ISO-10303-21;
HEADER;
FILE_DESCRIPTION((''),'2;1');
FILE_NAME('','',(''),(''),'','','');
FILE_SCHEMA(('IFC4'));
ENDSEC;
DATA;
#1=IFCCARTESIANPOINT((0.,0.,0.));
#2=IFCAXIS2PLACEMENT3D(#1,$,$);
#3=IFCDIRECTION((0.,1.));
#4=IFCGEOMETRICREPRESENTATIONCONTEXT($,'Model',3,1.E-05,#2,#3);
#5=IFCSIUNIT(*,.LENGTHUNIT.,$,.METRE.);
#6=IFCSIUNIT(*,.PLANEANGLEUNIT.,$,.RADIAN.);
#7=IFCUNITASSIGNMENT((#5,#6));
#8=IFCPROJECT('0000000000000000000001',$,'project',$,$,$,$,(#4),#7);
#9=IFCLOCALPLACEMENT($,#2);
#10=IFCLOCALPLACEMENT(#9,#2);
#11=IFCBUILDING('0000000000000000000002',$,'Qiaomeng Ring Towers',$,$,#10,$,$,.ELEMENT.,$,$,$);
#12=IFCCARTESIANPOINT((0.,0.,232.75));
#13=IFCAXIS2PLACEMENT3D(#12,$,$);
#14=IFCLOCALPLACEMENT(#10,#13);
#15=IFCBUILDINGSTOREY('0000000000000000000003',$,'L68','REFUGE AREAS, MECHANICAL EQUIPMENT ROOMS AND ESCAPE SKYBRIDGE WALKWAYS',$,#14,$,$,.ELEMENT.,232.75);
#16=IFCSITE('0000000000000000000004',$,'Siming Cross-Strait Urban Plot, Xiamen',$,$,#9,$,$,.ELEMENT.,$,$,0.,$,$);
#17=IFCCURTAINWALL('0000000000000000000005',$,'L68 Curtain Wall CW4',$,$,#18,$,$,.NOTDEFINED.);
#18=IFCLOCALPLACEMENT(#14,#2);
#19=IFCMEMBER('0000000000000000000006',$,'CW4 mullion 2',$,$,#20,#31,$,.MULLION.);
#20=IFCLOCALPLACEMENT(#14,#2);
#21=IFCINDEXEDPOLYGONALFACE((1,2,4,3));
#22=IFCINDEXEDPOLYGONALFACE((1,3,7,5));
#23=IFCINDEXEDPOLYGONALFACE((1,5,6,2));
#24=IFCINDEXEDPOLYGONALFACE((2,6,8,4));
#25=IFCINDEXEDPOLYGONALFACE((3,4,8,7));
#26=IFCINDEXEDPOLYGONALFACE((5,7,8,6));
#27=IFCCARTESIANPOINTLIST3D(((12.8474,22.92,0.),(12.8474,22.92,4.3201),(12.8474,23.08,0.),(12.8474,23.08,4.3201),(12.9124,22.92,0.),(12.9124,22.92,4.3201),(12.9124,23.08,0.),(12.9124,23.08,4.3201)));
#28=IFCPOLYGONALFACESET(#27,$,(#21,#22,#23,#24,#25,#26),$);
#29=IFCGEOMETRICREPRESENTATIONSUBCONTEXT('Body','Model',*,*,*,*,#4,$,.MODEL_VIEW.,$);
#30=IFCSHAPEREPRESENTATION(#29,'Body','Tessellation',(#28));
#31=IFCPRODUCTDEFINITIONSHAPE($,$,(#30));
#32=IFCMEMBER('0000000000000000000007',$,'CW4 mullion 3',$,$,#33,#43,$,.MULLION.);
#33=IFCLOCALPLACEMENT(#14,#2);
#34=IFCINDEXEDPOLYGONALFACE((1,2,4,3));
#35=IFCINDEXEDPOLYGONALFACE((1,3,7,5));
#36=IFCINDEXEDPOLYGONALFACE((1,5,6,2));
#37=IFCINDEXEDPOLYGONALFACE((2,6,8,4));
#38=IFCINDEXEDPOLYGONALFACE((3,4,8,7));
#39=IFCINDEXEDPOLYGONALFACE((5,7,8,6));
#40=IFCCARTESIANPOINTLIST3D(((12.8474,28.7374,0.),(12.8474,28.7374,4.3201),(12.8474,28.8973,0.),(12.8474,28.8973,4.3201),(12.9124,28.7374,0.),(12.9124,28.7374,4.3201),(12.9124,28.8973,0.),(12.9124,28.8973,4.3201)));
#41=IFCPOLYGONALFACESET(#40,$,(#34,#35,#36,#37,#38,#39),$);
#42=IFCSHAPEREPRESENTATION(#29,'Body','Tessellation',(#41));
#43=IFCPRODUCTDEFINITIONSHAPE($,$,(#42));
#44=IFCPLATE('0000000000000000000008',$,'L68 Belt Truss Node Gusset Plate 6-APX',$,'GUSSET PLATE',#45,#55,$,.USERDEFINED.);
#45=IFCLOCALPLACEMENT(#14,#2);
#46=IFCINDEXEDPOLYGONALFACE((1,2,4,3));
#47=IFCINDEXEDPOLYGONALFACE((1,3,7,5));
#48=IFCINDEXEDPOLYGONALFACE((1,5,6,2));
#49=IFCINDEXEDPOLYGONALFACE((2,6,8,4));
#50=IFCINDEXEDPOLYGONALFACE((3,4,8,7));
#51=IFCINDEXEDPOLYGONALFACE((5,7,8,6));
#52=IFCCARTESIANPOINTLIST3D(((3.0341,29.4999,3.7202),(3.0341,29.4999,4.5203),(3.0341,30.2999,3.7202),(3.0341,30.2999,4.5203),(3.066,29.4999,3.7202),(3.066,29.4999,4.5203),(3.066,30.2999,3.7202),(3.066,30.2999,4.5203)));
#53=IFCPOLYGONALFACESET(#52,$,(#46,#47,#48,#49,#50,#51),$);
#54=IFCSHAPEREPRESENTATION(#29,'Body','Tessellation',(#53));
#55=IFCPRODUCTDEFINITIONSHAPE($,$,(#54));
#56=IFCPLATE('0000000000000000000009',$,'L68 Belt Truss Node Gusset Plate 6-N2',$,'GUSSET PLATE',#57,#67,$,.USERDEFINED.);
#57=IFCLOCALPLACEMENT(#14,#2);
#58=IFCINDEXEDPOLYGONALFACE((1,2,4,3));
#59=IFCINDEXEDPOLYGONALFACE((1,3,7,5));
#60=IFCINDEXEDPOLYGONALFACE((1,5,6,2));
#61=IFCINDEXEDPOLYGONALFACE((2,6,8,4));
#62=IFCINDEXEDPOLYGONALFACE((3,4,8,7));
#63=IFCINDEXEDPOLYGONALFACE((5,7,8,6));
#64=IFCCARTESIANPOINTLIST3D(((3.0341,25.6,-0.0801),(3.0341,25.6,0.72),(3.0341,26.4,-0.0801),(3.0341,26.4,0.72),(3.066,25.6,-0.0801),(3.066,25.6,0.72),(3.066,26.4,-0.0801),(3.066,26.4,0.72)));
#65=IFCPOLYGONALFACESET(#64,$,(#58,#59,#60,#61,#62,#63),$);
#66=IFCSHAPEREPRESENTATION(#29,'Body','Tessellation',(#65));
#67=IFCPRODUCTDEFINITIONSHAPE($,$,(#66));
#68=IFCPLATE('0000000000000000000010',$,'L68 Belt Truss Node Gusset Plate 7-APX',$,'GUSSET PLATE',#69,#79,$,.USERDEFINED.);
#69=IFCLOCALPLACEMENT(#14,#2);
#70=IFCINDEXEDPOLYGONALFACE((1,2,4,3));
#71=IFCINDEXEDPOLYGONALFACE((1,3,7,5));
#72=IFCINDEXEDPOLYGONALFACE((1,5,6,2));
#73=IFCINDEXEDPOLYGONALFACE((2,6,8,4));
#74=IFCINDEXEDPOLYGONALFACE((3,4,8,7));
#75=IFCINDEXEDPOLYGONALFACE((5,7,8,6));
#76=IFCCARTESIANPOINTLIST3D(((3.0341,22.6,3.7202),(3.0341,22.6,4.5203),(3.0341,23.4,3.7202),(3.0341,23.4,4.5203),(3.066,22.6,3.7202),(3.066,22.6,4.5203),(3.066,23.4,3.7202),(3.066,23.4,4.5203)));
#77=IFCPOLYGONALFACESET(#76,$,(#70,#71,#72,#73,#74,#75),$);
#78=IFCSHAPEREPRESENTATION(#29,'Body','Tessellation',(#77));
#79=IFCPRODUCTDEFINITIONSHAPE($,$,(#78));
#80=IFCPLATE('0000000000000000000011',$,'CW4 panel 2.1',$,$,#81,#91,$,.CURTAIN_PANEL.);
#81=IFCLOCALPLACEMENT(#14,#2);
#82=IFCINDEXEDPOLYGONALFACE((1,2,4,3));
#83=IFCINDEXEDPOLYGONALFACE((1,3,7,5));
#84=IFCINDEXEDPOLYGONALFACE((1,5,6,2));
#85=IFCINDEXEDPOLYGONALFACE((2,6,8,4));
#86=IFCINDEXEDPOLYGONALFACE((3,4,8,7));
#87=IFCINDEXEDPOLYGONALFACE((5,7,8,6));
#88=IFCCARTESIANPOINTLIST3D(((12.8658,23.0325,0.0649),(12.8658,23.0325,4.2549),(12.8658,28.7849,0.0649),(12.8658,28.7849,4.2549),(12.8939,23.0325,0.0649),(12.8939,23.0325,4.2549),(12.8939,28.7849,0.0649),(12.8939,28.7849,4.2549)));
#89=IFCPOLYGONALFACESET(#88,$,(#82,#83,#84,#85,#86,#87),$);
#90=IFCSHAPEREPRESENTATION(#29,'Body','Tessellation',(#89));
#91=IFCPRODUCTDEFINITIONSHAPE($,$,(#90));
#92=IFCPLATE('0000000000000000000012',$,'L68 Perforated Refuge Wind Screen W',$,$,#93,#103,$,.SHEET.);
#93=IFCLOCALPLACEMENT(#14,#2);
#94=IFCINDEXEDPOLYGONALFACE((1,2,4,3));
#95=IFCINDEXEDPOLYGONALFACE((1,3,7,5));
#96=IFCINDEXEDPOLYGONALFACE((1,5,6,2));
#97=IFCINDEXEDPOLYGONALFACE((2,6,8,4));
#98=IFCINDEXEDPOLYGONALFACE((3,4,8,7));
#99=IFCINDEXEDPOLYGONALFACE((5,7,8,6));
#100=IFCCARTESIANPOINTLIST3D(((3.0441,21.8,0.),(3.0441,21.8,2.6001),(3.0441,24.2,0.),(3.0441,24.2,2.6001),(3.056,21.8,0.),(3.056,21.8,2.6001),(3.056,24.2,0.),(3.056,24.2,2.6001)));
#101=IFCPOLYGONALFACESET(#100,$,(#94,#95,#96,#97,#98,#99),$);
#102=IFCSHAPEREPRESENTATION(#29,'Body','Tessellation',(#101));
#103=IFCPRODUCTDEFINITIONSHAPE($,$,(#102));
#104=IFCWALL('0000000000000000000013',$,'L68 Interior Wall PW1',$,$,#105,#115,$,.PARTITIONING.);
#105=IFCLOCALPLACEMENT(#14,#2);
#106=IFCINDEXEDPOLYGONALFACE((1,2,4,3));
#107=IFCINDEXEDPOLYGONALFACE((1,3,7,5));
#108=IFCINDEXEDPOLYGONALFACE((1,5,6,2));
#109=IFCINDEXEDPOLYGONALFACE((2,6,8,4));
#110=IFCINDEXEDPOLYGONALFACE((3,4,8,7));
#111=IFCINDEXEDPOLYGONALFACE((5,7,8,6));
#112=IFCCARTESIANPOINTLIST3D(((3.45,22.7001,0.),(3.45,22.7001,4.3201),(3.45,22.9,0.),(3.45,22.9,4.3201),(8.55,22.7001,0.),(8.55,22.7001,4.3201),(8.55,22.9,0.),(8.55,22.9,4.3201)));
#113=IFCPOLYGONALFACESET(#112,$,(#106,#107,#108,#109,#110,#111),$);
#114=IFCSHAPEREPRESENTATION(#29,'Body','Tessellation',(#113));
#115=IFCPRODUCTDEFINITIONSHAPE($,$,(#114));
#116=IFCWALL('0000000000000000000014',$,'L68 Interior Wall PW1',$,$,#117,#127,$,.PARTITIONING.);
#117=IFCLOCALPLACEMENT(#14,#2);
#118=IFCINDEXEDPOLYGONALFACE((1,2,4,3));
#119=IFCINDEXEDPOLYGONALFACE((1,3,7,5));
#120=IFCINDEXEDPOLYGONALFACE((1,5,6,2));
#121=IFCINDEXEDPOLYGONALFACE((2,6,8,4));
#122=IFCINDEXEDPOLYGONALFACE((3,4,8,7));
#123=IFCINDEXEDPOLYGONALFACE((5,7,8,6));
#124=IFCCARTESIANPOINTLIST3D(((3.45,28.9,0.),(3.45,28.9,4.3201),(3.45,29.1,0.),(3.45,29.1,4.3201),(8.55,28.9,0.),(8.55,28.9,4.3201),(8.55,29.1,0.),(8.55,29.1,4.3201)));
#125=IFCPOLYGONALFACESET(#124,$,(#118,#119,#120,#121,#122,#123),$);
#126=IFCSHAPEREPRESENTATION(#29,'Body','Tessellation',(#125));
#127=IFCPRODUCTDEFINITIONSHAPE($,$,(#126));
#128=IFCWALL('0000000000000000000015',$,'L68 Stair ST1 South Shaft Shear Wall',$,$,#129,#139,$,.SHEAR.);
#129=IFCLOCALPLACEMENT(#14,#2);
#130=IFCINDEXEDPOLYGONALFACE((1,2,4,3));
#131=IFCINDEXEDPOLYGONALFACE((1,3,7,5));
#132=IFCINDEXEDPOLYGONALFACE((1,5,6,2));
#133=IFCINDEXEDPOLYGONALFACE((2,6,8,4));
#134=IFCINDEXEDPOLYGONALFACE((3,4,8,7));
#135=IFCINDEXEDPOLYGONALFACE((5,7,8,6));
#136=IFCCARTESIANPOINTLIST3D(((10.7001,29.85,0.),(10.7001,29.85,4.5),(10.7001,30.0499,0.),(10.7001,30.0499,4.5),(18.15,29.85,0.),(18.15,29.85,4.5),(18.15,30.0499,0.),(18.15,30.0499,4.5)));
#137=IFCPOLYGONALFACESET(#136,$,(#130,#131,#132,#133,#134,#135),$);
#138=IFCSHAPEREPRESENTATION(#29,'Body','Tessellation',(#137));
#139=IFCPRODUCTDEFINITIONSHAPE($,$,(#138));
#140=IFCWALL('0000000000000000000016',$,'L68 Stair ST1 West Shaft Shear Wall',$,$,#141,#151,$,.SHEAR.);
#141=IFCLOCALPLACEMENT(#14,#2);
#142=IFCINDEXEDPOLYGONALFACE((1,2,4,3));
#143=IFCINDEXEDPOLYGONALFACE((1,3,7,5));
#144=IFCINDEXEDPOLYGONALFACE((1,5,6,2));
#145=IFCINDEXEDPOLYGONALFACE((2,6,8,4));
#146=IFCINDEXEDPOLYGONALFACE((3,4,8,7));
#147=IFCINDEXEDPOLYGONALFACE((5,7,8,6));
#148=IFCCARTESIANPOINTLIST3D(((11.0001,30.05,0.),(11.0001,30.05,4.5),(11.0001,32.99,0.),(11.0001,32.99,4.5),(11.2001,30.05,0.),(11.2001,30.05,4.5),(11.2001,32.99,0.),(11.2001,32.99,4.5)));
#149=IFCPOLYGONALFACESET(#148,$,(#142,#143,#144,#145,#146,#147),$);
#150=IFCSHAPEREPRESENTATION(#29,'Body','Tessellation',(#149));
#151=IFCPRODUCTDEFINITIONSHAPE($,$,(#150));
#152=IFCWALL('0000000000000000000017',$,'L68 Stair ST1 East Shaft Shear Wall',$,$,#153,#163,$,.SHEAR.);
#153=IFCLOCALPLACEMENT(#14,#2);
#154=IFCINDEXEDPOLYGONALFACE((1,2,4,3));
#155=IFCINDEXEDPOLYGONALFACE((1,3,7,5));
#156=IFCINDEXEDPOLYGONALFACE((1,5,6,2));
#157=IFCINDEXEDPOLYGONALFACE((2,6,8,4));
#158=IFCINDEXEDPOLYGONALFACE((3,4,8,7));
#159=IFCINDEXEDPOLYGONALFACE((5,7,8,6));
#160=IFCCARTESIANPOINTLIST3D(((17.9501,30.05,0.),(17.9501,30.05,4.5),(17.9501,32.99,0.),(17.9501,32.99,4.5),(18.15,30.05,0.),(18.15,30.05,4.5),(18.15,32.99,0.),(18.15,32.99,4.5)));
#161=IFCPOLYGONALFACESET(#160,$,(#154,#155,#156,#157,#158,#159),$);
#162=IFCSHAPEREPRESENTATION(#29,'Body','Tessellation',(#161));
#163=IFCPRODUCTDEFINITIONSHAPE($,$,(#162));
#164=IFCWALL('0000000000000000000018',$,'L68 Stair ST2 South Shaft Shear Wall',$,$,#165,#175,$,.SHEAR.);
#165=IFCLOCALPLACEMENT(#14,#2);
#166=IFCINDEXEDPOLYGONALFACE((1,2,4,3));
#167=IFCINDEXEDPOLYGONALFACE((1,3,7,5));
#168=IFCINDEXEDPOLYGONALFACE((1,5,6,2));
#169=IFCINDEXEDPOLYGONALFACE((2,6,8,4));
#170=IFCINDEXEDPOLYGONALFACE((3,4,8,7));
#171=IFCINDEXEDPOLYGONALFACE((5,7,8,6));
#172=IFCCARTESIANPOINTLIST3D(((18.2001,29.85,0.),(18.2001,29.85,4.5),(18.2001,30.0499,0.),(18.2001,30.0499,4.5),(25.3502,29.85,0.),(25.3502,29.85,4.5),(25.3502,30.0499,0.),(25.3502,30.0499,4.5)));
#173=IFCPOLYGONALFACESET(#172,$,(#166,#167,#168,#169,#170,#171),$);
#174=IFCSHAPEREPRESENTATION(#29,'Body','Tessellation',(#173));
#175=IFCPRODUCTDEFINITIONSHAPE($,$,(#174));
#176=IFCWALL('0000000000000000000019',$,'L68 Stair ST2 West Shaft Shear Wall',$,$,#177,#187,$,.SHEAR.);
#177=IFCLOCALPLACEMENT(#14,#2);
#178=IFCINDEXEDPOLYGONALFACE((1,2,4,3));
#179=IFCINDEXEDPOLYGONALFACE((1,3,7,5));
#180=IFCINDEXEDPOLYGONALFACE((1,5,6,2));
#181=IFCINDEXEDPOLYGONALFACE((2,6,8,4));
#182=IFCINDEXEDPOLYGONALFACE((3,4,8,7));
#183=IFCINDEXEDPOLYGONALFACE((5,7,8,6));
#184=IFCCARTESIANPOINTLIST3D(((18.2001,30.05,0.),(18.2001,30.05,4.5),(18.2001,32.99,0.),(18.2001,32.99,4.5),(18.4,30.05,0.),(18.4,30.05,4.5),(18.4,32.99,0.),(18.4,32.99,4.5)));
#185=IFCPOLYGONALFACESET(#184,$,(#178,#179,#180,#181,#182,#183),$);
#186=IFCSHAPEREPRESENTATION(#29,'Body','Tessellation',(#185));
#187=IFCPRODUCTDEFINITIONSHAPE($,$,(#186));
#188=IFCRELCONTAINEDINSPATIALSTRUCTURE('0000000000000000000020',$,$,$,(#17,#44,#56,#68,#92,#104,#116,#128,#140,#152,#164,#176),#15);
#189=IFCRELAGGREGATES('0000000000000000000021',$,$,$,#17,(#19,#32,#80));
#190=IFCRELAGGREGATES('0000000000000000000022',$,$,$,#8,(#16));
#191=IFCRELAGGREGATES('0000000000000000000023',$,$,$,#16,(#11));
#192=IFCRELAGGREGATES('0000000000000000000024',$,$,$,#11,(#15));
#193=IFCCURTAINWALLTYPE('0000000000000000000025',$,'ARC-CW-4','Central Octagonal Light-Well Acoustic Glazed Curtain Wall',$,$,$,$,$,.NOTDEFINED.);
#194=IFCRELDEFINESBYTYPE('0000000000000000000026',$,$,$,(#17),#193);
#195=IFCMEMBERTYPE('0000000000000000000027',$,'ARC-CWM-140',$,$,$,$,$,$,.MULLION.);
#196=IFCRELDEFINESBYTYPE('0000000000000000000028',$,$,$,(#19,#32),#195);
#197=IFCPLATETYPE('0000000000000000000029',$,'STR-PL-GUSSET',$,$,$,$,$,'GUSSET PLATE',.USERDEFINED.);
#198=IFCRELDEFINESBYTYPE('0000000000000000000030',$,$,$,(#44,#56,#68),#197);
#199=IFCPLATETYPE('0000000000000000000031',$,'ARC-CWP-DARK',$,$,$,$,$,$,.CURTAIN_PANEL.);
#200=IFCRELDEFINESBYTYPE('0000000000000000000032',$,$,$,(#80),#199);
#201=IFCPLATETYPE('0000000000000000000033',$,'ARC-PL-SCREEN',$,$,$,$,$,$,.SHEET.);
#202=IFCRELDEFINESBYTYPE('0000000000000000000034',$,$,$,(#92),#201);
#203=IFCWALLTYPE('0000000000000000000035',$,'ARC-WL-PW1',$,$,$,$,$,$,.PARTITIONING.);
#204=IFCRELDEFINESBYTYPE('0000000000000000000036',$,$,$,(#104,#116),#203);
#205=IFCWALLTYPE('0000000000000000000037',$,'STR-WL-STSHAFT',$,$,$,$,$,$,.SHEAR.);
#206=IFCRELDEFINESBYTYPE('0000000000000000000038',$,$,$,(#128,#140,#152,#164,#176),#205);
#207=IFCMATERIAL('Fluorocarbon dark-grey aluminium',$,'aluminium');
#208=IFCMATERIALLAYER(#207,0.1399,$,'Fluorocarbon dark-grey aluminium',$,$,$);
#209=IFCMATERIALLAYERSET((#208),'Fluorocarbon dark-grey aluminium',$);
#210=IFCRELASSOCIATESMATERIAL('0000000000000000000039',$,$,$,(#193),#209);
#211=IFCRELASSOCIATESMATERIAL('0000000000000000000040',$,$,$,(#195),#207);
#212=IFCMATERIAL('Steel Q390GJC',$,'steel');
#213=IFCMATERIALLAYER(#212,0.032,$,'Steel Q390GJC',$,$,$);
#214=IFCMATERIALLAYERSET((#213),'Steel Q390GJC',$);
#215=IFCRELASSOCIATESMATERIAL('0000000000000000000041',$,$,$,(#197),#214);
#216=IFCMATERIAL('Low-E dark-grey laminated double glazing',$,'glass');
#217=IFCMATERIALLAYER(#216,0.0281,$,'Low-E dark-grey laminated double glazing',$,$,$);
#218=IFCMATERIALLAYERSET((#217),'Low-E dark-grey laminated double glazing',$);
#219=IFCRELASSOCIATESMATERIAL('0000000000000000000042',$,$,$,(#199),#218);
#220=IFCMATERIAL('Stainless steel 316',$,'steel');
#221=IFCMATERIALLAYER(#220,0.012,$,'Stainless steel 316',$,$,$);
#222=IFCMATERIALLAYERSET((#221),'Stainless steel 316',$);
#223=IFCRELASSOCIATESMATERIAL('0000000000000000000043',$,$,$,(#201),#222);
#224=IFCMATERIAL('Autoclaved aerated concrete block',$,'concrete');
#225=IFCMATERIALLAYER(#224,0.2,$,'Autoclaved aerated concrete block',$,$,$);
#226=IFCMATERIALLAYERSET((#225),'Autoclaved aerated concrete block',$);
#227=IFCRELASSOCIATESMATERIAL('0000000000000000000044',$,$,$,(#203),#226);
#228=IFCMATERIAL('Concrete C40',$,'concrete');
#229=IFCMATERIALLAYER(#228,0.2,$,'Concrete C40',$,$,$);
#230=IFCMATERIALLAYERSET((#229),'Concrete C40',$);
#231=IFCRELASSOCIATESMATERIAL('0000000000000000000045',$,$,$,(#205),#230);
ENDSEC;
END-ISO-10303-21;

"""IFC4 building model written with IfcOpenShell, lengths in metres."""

from ifc_helpers import new_model, si_unit, direction, frame, frame_2d, origin, origin_2d, place, context, subcontext, project, spatial, rectangle, extrude, source, transform, mapped, material, layer, layer_set, material_profile, profile_set, type_object, element, aggregate, save


model = new_model("IFC4")

# Units and contexts
model_context = context("Model", 3, precision=1e-05, world=origin(), true_north=direction((0.0, 1.0)))
body_context = subcontext(model_context, "Body", "Model", "MODEL_VIEW")
ifc_project = project(units=[si_unit("LENGTHUNIT", "METRE"), si_unit("PLANEANGLEUNIT", "RADIAN")], contexts=[model_context])

# Site, building, storey
site_placement = place(None, origin())
site = spatial("IfcSite", under=ifc_project, at=site_placement, Name="Siming Cross-Strait Urban Plot, Xiamen", CompositionType="ELEMENT", RefElevation=0.0)
building_placement = place(site_placement, origin())
building = spatial("IfcBuilding", under=site, at=building_placement, Name="Qiaomeng Ring Towers", CompositionType="ELEMENT")
storey_placement = place(building_placement, frame((0.0, 0.0, 232.75)))
storey = spatial("IfcBuildingStorey", under=building, at=storey_placement, Name="L68", Description="REFUGE AREAS, MECHANICAL EQUIPMENT ROOMS AND ESCAPE SKYBRIDGE WALKWAYS", CompositionType="ELEMENT", Elevation=232.75)

# Shared definitions
ifc_material_1 = material(Name="Concrete C40", Category="concrete")

# Shared definitions
ifc_material_2 = material(Name="Steel Q390GJC", Category="steel")

# Curtain wall, members
ifc_material_3 = material(Name="Fluorocarbon dark-grey aluminium", Category="aluminium")
ifc_layer_1 = layer(ifc_material_3, 0.1399, Name="Fluorocarbon dark-grey aluminium")
ifc_layer_set_1 = layer_set([ifc_layer_1], Name="Fluorocarbon dark-grey aluminium")
curtain_wall_type = type_object("IfcCurtainWallType", Name="ARC-CW-4", Description="Central Octagonal Light-Well Acoustic Glazed Curtain Wall", PredefinedType="NOTDEFINED", material=ifc_layer_set_1)
curtain_wall_placement = place(storey_placement, origin())
curtain_wall = element("IfcCurtainWall", 1, at=curtain_wall_placement, inside=storey, type_object=curtain_wall_type, Name="L68 Curtain Wall CW4", PredefinedType="NOTDEFINED")
ifc_material_profile_1 = material_profile(ifc_material_3, rectangle(XDim=0.0649, YDim=0.1599, at=origin_2d()), Name="ALU MULL 65x160")
ifc_profile_set_1 = profile_set([ifc_material_profile_1], Name="Fluorocarbon dark-grey aluminium")
member_type_1 = type_object("IfcMemberType", Name="ARC-CWM-140", PredefinedType="MULLION", material=ifc_profile_set_1)
shared_shape_1 = source(origin(), body_context, "Body", "SweptSolid", [
    extrude(rectangle(XDim=0.0649, YDim=0.1599, at=origin_2d()), origin(), (0.0, 0.0, 1.0), 4.3201),
])
member_1_placement = place(storey_placement, frame((12.8799, 23.0, 0.0), z_axis=(0.0, 0.0, 1.0), x_axis=(-1.0, 0.0, 0.0)))
member_1 = element("IfcMember", 2, at=member_1_placement, type_object=member_type_1, Name="CW4 mullion 2", PredefinedType="MULLION", context=body_context, shape_type="MappedRepresentation", body=[
    mapped(shared_shape_1, transform((0.0, 0.0, 0.0), x_axis=(1.0, 0.0, 0.0), y_axis=(0.0, 1.0, 0.0), z_axis=(0.0, 0.0, 1.0), scale=1.0)),
])
member_2_placement = place(storey_placement, frame((12.8799, 28.8174, 0.0), z_axis=(0.0, 0.0, 1.0), x_axis=(-1.0, 0.0, 0.0)))
member_2 = element("IfcMember", 3, at=member_2_placement, type_object=member_type_1, Name="CW4 mullion 3", PredefinedType="MULLION", context=body_context, shape_type="MappedRepresentation", body=[
    mapped(shared_shape_1, transform((0.0, 0.0, 0.0), x_axis=(1.0, 0.0, 0.0), y_axis=(0.0, 1.0, 0.0), z_axis=(0.0, 0.0, 1.0), scale=1.0)),
])

# Plates
ifc_layer_2 = layer(ifc_material_2, 0.032, Name="Steel Q390GJC")
ifc_layer_set_2 = layer_set([ifc_layer_2], Name="Steel Q390GJC")
plate_type_1 = type_object("IfcPlateType", Name="STR-PL-GUSSET", ElementType="GUSSET PLATE", PredefinedType="USERDEFINED", material=ifc_layer_set_2)
shared_shape_2 = source(origin(), body_context, "Body", "SweptSolid", [
    extrude(rectangle(XDim=0.8, YDim=0.032, at=origin_2d()), origin(), (0.0, 0.0, 1.0), 0.8),
])
for number, where, z_axis, x_axis, name in (
    (4, (3.05, 29.8999, 3.7202), (0.0, 0.0, 1.0), (0.0, -1.0, 0.0), "L68 Belt Truss Node Gusset Plate 6-APX"),
    (5, (3.05, 26.0, -0.0801), (0.0, 0.0, 1.0), (0.0, -1.0, 0.0), "L68 Belt Truss Node Gusset Plate 6-N2"),
    (6, (3.05, 23.0, 3.7202), (0.0, 0.0, 1.0), (0.0, -1.0, 0.0), "L68 Belt Truss Node Gusset Plate 7-APX"),
):
    element("IfcPlate", number, at=place(storey_placement, frame(where, z_axis=z_axis, x_axis=x_axis)), inside=storey, type_object=plate_type_1, Name=name, ObjectType="GUSSET PLATE", PredefinedType="USERDEFINED", context=body_context, shape_type="MappedRepresentation", body=[
        mapped(shared_shape_2, transform((0.0, 0.0, 0.0), x_axis=(1.0, 0.0, 0.0), y_axis=(0.0, 1.0, 0.0), z_axis=(0.0, 0.0, 1.0), scale=1.0)),
    ])

# Plates
ifc_material_4 = material(Name="Low-E dark-grey laminated double glazing", Category="glass")
ifc_layer_3 = layer(ifc_material_4, 0.0281, Name="Low-E dark-grey laminated double glazing")
ifc_layer_set_3 = layer_set([ifc_layer_3], Name="Low-E dark-grey laminated double glazing")
plate_type_2 = type_object("IfcPlateType", Name="ARC-CWP-DARK", PredefinedType="CURTAIN_PANEL", material=ifc_layer_set_3)
shared_shape_3 = source(origin(), body_context, "Body", "SweptSolid", [
    extrude(rectangle(XDim=5.7524, YDim=0.0281, at=origin_2d()), origin(), (0.0, 0.0, 1.0), 4.1899),
])
plate_1_placement = place(storey_placement, frame((12.8799, 25.9087, 0.0649), z_axis=(0.0, 0.0, 1.0), x_axis=(0.0, 1.0, 0.0)))
plate_1 = element("IfcPlate", 7, at=plate_1_placement, type_object=plate_type_2, Name="CW4 panel 2.1", PredefinedType="CURTAIN_PANEL", context=body_context, shape_type="MappedRepresentation", body=[
    mapped(shared_shape_3, transform((0.0, 0.0, 0.0), x_axis=(1.0, 0.0, 0.0), y_axis=(0.0, 1.0, 0.0), z_axis=(0.0, 0.0, 1.0), scale=1.0)),
])
aggregate(curtain_wall, [member_1, member_2, plate_1])
ifc_material_5 = material(Name="Stainless steel 316", Category="steel")
ifc_layer_4 = layer(ifc_material_5, 0.012, Name="Stainless steel 316")
ifc_layer_set_4 = layer_set([ifc_layer_4], Name="Stainless steel 316")
plate_type_3 = type_object("IfcPlateType", Name="ARC-PL-SCREEN", PredefinedType="SHEET", material=ifc_layer_set_4)
shared_shape_4 = source(origin(), body_context, "Body", "SweptSolid", [
    extrude(rectangle(XDim=2.3999, YDim=0.012, at=origin_2d()), origin(), (0.0, 0.0, 1.0), 2.6001),
])
plate_2_placement = place(storey_placement, frame((3.05, 23.0, 0.0), z_axis=(0.0, 0.0, 1.0), x_axis=(0.0, -1.0, 0.0)))
element("IfcPlate", 8, at=plate_2_placement, inside=storey, type_object=plate_type_3, Name="L68 Perforated Refuge Wind Screen W", PredefinedType="SHEET", context=body_context, shape_type="MappedRepresentation", body=[
    mapped(shared_shape_4, transform((0.0, 0.0, 0.0), x_axis=(1.0, 0.0, 0.0), y_axis=(0.0, 1.0, 0.0), z_axis=(0.0, 0.0, 1.0), scale=1.0)),
])

# Walls
ifc_material_6 = material(Name="Autoclaved aerated concrete block", Category="concrete")
ifc_layer_5 = layer(ifc_material_6, 0.2, Name="Autoclaved aerated concrete block")
ifc_layer_set_5 = layer_set([ifc_layer_5], Name="Autoclaved aerated concrete block")
wall_type_1 = type_object("IfcWallType", Name="ARC-WL-PW1", PredefinedType="PARTITIONING", material=ifc_layer_set_5)
for number, where, z_axis, x_axis, name in (
    (9, (3.45, 22.8, 0.0), (0.0, 0.0, 1.0), (1.0, 0.0, 0.0), "L68 Interior Wall PW1"),
    (10, (3.45, 29.0, 0.0), (0.0, 0.0, 1.0), (1.0, 0.0, 0.0), "L68 Interior Wall PW1"),
):
    element("IfcWall", number, at=place(storey_placement, frame(where, z_axis=z_axis, x_axis=x_axis)), inside=storey, type_object=wall_type_1, Name=name, PredefinedType="PARTITIONING", context=body_context, shape_type="SweptSolid", body=[
        extrude(rectangle(XDim=5.1001, YDim=0.2, at=frame_2d((2.55, 0.0))), origin(), (0.0, 0.0, 1.0), 4.3201),
    ])
ifc_layer_6 = layer(ifc_material_1, 0.2, Name="Concrete C40")
ifc_layer_set_6 = layer_set([ifc_layer_6], Name="Concrete C40")
wall_type_2 = type_object("IfcWallType", Name="STR-WL-STSHAFT", PredefinedType="SHEAR", material=ifc_layer_set_6)
wall_1_placement = place(storey_placement, frame((10.7, 29.95, 0.0), z_axis=(0.0, 0.0, 1.0), x_axis=(1.0, 0.0, 0.0)))
element("IfcWall", 11, at=wall_1_placement, inside=storey, type_object=wall_type_2, Name="L68 Stair ST1 South Shaft Shear Wall", PredefinedType="SHEAR", context=body_context, shape_type="SweptSolid", body=[
    extrude(rectangle(XDim=7.45, YDim=0.2, at=frame_2d((3.7251, 0.0))), origin(), (0.0, 0.0, 1.0), 4.5),
])
for number, where, z_axis, x_axis, name in (
    (12, (11.1001, 30.05, 0.0), (0.0, 0.0, 1.0), (0.0, 1.0, 0.0), "L68 Stair ST1 West Shaft Shear Wall"),
    (13, (18.05, 30.05, 0.0), (0.0, 0.0, 1.0), (0.0, 1.0, 0.0), "L68 Stair ST1 East Shaft Shear Wall"),
):
    element("IfcWall", number, at=place(storey_placement, frame(where, z_axis=z_axis, x_axis=x_axis)), inside=storey, type_object=wall_type_2, Name=name, PredefinedType="SHEAR", context=body_context, shape_type="SweptSolid", body=[
        extrude(rectangle(XDim=2.9399, YDim=0.2, at=frame_2d((1.47, 0.0))), origin(), (0.0, 0.0, 1.0), 4.5),
    ])
wall_2_placement = place(storey_placement, frame((18.2, 29.95, 0.0), z_axis=(0.0, 0.0, 1.0), x_axis=(1.0, 0.0, 0.0)))
element("IfcWall", 14, at=wall_2_placement, inside=storey, type_object=wall_type_2, Name="L68 Stair ST2 South Shaft Shear Wall", PredefinedType="SHEAR", context=body_context, shape_type="SweptSolid", body=[
    extrude(rectangle(XDim=7.1501, YDim=0.2, at=frame_2d((3.5752, 0.0))), origin(), (0.0, 0.0, 1.0), 4.5),
])
wall_3_placement = place(storey_placement, frame((18.3, 30.05, 0.0), z_axis=(0.0, 0.0, 1.0), x_axis=(0.0, 1.0, 0.0)))
element("IfcWall", 15, at=wall_3_placement, inside=storey, type_object=wall_type_2, Name="L68 Stair ST2 West Shaft Shear Wall", PredefinedType="SHEAR", context=body_context, shape_type="SweptSolid", body=[
    extrude(rectangle(XDim=2.9399, YDim=0.2, at=frame_2d((1.47, 0.0))), origin(), (0.0, 0.0, 1.0), 4.5),
])

save(model, "model.ifc")
